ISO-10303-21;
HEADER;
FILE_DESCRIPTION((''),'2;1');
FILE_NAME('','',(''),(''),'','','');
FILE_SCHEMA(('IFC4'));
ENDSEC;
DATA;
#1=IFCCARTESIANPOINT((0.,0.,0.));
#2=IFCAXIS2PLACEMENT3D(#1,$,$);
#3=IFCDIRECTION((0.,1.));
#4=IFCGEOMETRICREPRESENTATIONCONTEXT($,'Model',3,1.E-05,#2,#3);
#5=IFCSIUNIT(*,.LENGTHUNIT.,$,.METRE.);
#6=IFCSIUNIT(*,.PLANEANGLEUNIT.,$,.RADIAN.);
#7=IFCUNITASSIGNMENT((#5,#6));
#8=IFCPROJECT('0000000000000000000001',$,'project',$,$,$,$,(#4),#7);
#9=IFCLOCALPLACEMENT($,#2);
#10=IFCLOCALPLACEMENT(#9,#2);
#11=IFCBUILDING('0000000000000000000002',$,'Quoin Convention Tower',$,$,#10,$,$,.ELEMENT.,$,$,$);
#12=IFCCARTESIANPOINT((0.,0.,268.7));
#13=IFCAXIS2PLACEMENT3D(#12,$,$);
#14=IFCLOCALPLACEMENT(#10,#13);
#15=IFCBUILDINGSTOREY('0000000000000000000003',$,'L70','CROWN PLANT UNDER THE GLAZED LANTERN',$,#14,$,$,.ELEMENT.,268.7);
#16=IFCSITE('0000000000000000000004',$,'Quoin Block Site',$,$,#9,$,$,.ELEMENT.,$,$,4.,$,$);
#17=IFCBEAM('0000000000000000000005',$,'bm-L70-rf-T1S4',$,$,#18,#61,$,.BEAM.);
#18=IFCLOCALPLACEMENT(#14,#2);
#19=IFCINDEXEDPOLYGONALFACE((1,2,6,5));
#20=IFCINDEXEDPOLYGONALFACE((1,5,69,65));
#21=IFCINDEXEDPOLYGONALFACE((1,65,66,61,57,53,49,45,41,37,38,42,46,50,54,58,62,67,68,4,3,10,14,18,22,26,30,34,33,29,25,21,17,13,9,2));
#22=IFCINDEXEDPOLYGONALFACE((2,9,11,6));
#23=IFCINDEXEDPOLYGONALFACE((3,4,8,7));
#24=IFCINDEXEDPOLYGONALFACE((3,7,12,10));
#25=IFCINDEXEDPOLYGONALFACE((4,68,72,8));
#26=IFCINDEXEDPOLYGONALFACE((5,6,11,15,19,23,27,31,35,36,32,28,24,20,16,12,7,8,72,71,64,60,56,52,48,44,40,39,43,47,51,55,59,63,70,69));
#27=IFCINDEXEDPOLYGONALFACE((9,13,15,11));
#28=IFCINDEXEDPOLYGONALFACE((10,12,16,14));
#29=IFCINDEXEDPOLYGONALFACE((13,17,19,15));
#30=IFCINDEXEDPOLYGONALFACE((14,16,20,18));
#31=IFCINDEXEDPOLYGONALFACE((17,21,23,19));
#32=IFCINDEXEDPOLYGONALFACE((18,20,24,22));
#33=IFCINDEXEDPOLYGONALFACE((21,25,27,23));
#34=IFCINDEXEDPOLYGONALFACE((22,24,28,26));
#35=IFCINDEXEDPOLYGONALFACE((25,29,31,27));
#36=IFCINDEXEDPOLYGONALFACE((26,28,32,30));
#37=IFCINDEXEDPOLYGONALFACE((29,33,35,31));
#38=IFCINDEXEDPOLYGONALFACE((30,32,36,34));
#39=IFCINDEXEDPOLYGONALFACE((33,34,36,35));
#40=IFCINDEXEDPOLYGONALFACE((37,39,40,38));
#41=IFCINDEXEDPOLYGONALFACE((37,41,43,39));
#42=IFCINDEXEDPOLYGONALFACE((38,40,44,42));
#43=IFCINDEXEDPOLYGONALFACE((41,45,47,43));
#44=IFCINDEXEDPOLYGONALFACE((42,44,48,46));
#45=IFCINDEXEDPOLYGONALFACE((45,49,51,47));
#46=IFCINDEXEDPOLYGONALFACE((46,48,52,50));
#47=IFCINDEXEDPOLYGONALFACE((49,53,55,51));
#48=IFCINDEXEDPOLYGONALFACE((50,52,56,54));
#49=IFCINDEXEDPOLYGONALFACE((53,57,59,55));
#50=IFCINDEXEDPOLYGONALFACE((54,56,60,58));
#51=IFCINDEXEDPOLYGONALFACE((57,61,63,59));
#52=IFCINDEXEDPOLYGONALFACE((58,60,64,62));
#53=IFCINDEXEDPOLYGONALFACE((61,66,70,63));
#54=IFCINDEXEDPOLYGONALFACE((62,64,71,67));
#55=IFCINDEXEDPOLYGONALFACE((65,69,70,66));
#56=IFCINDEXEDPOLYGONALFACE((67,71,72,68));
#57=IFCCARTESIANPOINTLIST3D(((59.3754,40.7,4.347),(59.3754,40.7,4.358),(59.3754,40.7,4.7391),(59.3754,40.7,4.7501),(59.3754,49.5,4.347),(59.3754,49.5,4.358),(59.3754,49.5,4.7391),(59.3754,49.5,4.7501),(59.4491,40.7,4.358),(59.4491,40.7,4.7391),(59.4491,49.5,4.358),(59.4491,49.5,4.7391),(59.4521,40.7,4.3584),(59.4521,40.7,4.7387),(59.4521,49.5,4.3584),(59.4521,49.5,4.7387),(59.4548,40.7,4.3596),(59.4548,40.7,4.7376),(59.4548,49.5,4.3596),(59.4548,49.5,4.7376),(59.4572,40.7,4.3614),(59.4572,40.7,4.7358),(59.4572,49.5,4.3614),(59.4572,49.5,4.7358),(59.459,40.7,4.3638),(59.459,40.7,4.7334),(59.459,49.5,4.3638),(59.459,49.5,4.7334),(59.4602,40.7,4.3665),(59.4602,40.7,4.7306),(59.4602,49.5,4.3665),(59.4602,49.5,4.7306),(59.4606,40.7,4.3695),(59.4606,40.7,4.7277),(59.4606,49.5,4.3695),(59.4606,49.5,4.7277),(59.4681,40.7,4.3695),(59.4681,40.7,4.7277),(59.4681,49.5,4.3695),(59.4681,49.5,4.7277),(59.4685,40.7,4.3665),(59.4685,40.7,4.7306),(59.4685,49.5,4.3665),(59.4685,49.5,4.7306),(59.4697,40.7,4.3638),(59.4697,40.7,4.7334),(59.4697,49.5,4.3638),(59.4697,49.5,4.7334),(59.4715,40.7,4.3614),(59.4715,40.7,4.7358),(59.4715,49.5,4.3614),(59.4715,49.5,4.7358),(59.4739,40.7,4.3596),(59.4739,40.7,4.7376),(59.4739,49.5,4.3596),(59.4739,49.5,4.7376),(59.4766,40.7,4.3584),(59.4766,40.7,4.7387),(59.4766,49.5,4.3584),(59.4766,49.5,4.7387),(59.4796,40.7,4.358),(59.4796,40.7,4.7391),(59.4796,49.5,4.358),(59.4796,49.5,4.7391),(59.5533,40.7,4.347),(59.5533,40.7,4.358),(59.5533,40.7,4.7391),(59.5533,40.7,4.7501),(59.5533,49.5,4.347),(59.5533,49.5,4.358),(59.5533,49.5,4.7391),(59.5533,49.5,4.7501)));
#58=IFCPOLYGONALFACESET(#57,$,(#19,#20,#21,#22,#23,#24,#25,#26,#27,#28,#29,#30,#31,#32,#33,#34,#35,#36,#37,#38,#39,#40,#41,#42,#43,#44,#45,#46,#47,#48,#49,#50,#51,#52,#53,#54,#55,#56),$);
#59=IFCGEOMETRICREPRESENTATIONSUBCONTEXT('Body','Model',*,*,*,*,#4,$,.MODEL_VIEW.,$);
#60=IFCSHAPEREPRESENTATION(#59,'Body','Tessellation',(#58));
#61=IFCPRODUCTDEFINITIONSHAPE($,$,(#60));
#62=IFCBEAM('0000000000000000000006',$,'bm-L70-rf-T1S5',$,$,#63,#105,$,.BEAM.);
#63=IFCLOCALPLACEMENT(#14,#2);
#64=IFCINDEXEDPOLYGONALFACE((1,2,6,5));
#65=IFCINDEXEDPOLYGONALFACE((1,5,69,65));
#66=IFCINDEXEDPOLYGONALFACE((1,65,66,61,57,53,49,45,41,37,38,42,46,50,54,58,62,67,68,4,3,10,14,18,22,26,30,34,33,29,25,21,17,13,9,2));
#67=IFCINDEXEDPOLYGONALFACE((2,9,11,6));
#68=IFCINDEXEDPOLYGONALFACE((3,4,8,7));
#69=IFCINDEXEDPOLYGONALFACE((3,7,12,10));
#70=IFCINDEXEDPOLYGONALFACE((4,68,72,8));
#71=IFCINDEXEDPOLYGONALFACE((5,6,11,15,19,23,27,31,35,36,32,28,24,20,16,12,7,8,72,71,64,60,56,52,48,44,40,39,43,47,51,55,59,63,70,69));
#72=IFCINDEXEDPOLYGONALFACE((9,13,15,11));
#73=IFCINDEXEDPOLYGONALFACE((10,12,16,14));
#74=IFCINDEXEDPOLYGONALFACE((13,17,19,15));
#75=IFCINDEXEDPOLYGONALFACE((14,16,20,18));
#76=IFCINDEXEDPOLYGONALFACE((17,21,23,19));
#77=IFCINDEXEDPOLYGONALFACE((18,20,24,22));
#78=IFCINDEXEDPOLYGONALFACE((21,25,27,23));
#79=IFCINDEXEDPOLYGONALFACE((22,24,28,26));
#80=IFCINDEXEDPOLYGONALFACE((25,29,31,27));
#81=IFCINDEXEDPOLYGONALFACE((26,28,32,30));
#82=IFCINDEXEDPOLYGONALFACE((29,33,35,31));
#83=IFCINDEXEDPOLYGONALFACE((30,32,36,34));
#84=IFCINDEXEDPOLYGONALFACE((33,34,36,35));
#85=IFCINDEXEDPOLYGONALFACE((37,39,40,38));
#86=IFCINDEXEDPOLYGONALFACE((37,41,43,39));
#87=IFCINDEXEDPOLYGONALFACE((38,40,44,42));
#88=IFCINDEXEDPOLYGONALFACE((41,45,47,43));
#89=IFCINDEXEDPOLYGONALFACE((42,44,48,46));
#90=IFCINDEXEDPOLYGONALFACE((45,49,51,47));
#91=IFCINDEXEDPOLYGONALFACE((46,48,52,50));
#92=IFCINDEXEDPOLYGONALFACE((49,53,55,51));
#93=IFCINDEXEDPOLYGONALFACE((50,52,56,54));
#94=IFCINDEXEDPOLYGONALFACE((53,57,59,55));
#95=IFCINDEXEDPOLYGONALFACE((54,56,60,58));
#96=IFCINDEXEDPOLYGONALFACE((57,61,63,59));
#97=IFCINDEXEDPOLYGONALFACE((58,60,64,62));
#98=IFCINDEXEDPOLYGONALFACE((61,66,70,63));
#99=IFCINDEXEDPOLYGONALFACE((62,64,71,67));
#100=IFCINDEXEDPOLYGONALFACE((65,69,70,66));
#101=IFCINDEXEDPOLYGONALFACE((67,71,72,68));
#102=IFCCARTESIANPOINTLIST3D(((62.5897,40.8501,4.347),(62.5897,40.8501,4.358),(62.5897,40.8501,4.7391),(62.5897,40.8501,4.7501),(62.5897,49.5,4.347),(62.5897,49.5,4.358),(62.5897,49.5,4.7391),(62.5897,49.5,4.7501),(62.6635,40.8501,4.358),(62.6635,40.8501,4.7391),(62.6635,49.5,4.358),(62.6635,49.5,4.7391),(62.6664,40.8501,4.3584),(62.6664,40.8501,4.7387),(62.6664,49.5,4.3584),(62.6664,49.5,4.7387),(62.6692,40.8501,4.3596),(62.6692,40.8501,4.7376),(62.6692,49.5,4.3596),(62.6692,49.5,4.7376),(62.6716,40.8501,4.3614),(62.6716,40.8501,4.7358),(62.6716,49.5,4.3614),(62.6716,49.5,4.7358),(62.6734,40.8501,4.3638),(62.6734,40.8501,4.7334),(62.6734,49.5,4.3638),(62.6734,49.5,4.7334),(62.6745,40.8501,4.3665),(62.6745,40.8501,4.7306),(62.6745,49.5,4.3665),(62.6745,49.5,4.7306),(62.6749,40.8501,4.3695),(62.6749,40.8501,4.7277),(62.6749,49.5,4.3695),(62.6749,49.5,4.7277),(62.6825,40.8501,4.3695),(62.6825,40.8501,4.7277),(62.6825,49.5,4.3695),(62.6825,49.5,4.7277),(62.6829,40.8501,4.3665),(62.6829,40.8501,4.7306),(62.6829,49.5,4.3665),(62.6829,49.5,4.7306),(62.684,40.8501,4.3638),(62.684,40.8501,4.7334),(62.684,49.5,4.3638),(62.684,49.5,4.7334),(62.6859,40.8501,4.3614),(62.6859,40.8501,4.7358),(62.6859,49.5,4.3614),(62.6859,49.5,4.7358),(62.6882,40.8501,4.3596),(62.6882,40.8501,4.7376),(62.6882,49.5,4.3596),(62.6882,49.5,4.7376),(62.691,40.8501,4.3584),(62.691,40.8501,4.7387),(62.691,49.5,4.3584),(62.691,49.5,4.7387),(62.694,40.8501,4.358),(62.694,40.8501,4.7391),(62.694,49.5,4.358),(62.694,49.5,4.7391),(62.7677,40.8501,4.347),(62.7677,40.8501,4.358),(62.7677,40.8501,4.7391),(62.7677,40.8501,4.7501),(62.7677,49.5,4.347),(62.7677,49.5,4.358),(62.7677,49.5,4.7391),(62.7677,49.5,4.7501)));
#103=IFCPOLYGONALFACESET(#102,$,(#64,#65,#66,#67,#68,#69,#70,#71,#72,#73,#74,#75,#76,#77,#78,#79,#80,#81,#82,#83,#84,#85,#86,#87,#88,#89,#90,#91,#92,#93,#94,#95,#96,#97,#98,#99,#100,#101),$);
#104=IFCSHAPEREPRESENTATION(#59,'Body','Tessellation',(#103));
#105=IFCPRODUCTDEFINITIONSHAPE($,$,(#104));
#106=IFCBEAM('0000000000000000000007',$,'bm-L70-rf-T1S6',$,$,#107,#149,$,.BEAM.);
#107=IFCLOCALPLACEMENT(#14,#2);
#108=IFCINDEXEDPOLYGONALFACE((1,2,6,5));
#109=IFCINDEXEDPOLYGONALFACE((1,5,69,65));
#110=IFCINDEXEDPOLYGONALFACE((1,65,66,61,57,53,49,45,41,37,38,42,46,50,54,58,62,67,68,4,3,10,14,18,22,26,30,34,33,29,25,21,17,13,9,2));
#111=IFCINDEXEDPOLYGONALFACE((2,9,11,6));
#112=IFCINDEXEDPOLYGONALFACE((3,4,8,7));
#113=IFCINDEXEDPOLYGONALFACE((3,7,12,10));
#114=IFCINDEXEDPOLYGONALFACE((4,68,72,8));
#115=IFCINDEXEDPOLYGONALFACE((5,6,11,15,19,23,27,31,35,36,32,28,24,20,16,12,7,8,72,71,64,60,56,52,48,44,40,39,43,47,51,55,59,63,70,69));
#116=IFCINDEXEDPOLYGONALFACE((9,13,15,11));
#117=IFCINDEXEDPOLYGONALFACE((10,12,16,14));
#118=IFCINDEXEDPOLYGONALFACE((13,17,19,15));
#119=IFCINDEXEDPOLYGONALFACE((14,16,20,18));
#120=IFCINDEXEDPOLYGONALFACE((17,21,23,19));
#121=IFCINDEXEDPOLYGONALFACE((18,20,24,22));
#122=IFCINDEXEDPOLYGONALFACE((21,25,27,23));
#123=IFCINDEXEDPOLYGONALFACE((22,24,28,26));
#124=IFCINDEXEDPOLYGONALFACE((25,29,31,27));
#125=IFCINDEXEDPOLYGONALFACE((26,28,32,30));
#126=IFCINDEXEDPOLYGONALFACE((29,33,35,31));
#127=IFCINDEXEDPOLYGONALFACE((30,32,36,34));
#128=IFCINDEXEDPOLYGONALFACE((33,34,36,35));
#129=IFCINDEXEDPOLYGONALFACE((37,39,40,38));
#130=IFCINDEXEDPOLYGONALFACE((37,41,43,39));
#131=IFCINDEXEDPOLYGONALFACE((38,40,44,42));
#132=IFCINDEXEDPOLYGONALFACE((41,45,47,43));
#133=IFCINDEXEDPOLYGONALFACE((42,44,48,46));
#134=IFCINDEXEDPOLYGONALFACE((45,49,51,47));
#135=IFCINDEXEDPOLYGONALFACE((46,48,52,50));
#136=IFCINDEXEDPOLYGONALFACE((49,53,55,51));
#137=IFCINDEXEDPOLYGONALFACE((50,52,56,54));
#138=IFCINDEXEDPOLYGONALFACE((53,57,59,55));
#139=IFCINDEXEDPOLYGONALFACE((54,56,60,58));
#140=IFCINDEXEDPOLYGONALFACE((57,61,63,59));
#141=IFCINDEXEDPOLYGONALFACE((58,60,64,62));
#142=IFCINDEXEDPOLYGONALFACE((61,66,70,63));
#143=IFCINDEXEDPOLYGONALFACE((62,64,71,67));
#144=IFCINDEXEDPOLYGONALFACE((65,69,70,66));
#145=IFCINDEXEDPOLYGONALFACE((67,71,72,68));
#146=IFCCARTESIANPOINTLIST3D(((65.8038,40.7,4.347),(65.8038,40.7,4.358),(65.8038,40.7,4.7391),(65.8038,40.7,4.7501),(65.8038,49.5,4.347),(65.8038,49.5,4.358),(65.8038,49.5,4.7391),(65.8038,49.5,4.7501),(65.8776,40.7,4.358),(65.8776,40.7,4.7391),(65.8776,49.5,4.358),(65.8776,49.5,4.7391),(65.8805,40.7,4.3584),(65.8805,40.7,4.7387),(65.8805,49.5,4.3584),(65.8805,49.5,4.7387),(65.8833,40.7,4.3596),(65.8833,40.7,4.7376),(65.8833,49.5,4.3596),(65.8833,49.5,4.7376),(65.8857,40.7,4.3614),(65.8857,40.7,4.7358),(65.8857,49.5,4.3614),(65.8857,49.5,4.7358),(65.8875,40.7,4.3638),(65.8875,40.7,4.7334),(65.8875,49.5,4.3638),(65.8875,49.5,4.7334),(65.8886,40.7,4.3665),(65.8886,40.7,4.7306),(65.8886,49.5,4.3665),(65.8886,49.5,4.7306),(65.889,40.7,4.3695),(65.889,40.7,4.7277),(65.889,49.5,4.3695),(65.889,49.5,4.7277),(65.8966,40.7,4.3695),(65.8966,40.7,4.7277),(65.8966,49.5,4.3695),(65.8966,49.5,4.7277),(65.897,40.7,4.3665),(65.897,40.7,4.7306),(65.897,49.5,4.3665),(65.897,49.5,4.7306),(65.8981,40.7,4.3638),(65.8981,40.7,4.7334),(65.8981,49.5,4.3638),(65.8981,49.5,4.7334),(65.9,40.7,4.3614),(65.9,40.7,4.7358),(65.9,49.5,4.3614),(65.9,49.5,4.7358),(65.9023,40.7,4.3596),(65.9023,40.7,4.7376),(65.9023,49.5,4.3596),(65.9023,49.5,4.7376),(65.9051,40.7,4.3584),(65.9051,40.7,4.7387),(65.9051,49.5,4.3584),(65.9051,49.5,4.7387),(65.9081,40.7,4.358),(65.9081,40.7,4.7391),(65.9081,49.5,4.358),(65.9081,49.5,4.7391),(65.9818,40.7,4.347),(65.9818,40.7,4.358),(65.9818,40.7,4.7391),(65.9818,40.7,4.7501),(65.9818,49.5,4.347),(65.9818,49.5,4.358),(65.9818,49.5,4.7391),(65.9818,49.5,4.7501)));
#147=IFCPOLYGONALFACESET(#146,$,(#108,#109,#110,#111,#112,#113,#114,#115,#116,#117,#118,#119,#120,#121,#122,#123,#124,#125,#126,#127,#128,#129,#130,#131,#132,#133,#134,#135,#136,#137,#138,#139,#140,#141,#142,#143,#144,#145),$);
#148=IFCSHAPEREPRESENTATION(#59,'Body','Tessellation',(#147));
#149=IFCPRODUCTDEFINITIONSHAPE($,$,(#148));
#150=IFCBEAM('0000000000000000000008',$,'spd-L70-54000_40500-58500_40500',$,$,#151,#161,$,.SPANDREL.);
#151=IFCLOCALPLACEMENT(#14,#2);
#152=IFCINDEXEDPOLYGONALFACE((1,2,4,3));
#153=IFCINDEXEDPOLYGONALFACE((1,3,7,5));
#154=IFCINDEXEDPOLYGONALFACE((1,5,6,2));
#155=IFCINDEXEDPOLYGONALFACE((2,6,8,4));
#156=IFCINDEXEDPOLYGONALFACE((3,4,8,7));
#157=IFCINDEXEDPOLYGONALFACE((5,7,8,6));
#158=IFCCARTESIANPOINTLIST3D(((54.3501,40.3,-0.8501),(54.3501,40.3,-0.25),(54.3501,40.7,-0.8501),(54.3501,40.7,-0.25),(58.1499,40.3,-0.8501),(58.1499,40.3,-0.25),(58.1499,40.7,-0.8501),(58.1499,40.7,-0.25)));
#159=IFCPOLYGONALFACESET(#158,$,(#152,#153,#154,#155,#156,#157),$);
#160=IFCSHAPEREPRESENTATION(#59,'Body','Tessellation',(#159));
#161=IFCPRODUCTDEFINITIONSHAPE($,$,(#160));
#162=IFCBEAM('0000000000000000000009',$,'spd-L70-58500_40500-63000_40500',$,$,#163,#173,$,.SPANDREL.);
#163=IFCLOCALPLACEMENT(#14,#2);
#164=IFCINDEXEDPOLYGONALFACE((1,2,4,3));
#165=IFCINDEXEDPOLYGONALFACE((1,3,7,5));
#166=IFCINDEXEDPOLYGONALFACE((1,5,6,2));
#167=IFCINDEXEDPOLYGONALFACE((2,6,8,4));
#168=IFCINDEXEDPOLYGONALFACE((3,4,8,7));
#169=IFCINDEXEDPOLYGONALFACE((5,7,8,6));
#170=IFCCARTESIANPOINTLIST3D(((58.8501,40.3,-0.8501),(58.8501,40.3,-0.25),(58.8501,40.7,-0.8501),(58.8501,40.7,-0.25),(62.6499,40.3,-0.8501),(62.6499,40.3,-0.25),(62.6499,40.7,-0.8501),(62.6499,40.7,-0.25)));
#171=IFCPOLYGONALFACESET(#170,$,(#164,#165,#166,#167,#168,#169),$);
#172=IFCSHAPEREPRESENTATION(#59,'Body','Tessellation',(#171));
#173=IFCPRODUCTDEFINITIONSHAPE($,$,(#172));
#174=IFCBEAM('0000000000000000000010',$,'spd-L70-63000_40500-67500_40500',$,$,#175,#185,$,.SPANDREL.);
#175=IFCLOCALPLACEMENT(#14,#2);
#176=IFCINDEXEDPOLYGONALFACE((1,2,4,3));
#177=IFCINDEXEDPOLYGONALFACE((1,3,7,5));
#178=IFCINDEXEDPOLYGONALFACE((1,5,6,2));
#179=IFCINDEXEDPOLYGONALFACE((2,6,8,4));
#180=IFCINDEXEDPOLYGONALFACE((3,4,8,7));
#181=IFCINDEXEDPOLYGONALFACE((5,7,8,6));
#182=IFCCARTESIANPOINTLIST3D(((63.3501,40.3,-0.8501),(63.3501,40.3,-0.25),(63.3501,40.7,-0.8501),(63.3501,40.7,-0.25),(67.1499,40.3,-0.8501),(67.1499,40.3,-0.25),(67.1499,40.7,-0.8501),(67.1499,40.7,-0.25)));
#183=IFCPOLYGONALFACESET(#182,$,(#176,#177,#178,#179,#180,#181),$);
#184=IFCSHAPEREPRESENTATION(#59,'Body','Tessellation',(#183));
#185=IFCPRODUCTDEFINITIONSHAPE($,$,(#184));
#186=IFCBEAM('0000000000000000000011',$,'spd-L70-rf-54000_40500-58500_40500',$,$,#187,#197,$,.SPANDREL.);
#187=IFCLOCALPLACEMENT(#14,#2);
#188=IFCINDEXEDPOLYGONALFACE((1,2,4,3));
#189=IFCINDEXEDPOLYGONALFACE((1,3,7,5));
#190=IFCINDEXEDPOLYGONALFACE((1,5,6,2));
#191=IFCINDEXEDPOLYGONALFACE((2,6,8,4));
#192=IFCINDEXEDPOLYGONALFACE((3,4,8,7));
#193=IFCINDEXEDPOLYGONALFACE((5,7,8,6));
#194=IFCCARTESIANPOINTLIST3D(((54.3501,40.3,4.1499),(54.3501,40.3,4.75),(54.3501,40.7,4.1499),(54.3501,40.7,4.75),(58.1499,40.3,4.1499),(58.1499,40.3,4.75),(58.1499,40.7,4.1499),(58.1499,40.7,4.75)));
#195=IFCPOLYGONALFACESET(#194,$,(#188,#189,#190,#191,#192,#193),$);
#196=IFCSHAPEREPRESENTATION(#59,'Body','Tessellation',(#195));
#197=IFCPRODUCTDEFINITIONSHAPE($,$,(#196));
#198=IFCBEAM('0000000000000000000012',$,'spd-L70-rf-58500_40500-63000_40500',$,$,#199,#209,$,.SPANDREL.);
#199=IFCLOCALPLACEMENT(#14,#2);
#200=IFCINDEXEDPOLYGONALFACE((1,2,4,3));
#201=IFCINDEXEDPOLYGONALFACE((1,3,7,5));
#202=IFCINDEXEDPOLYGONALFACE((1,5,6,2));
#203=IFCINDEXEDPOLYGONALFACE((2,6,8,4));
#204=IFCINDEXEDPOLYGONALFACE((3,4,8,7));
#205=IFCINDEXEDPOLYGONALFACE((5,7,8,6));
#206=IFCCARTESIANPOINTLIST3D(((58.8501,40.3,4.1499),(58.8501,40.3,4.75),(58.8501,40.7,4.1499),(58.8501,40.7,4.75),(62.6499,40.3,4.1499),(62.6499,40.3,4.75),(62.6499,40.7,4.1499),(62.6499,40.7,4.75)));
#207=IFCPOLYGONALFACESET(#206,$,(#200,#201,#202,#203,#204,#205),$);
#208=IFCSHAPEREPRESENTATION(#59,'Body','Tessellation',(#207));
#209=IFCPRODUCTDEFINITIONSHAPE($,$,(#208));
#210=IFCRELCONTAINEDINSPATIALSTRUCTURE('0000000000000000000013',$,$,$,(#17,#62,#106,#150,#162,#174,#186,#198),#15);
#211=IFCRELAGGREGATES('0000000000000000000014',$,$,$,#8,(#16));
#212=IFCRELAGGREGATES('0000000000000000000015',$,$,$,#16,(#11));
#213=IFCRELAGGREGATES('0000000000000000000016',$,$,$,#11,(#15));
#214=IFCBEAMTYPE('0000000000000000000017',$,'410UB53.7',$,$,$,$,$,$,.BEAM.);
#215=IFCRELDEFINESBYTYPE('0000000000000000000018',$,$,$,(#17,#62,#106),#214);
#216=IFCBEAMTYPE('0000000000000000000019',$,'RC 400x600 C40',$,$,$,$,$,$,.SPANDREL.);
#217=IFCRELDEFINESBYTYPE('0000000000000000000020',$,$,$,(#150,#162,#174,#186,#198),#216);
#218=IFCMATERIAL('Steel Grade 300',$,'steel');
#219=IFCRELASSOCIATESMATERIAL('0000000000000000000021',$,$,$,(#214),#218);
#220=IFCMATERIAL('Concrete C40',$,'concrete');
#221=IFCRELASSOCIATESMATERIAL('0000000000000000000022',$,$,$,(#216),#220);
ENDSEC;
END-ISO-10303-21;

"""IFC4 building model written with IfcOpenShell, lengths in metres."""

from ifc_helpers import new_model, si_unit, direction, frame, origin, origin_2d, place, context, subcontext, project, spatial, rectangle, i_section, extrude, material, material_profile, profile_set, type_object, element, save


model = new_model("IFC4")

# Units and contexts
model_context = context("Model", 3, precision=1e-05, world=origin(), true_north=direction((0.0, 1.0)))
body_context = subcontext(model_context, "Body", "Model", "MODEL_VIEW")
ifc_project = project(units=[si_unit("LENGTHUNIT", "METRE"), si_unit("PLANEANGLEUNIT", "RADIAN")], contexts=[model_context])

# Site, building, storey
site_placement = place(None, origin())
site = spatial("IfcSite", under=ifc_project, at=site_placement, Name="Quoin Block Site", CompositionType="ELEMENT", RefElevation=4.0)
building_placement = place(site_placement, origin())
building = spatial("IfcBuilding", under=site, at=building_placement, Name="Quoin Convention Tower", CompositionType="ELEMENT")
storey_placement = place(building_placement, frame((0.0, 0.0, 268.7)))
storey = spatial("IfcBuildingStorey", under=building, at=storey_placement, Name="L70", Description="CROWN PLANT UNDER THE GLAZED LANTERN", CompositionType="ELEMENT", Elevation=268.7)

# Shared definitions
ifc_material_1 = material(Name="Concrete C40", Category="concrete")

# Beams
ifc_material_2 = material(Name="Steel Grade 300", Category="steel")
ifc_material_profile_1 = material_profile(ifc_material_2, i_section(OverallWidth=0.178, OverallDepth=0.4031, WebThickness=0.0076, FlangeThickness=0.011, FilletRadius=0.0115, at=origin_2d()), Name="410UB53.7")
ifc_profile_set_1 = profile_set([ifc_material_profile_1], Name="Steel Grade 300")
beam_type_1 = type_object("IfcBeamType", Name="410UB53.7", PredefinedType="BEAM", material=ifc_profile_set_1)
for number, where, z_axis, x_axis, name in (
    (1, (59.4644, 40.7, 4.5486), (0.0, 1.0, 0.0), (-1.0, 0.0, 0.0), "bm-L70-rf-T1S4"),
):
    element("IfcBeam", number, at=place(storey_placement, frame(where, z_axis=z_axis, x_axis=x_axis)), inside=storey, type_object=beam_type_1, Name=name, PredefinedType="BEAM", context=body_context, shape_type="SweptSolid", body=[
        extrude(i_section(OverallWidth=0.178, OverallDepth=0.4031, WebThickness=0.0076, FlangeThickness=0.011, FilletRadius=0.0115, at=origin_2d()), origin(), (0.0, 0.0, 1.0), 8.8),
    ])
beam_1_placement = place(storey_placement, frame((62.6787, 40.8501, 4.5486), z_axis=(0.0, 1.0, 0.0), x_axis=(-1.0, 0.0, 0.0)))
element("IfcBeam", 2, at=beam_1_placement, inside=storey, type_object=beam_type_1, Name="bm-L70-rf-T1S5", PredefinedType="BEAM", context=body_context, shape_type="SweptSolid", body=[
    extrude(i_section(OverallWidth=0.178, OverallDepth=0.4031, WebThickness=0.0076, FlangeThickness=0.011, FilletRadius=0.0115, at=origin_2d()), origin(), (0.0, 0.0, 1.0), 8.6499),
])
beam_2_placement = place(storey_placement, frame((65.8928, 40.7, 4.5486), z_axis=(0.0, 1.0, 0.0), x_axis=(-1.0, 0.0, 0.0)))
element("IfcBeam", 3, at=beam_2_placement, inside=storey, type_object=beam_type_1, Name="bm-L70-rf-T1S6", PredefinedType="BEAM", context=body_context, shape_type="SweptSolid", body=[
    extrude(i_section(OverallWidth=0.178, OverallDepth=0.4031, WebThickness=0.0076, FlangeThickness=0.011, FilletRadius=0.0115, at=origin_2d()), origin(), (0.0, 0.0, 1.0), 8.8),
])
ifc_material_profile_2 = material_profile(ifc_material_1, rectangle(XDim=0.3999, YDim=0.6001, at=origin_2d()), Name="RC 400x600")
ifc_profile_set_2 = profile_set([ifc_material_profile_2], Name="Concrete C40")
beam_type_2 = type_object("IfcBeamType", Name="RC 400x600 C40", PredefinedType="SPANDREL", material=ifc_profile_set_2)
for number, where, z_axis, x_axis, name in (
    (4, (54.3501, 40.5, -0.55), (1.0, 0.0, 0.0), (0.0, 1.0, 0.0), "spd-L70-54000_40500-58500_40500"),
    (5, (58.8501, 40.5, -0.55), (1.0, 0.0, 0.0), (0.0, 1.0, 0.0), "spd-L70-58500_40500-63000_40500"),
    (6, (63.3501, 40.5, -0.55), (1.0, 0.0, 0.0), (0.0, 1.0, 0.0), "spd-L70-63000_40500-67500_40500"),
    (7, (54.3501, 40.5, 4.45), (1.0, 0.0, 0.0), (0.0, 1.0, 0.0), "spd-L70-rf-54000_40500-58500_40500"),
    (8, (58.8501, 40.5, 4.45), (1.0, 0.0, 0.0), (0.0, 1.0, 0.0), "spd-L70-rf-58500_40500-63000_40500"),
):
    element("IfcBeam", number, at=place(storey_placement, frame(where, z_axis=z_axis, x_axis=x_axis)), inside=storey, type_object=beam_type_2, Name=name, PredefinedType="SPANDREL", context=body_context, shape_type="SweptSolid", body=[
        extrude(rectangle(XDim=0.3999, YDim=0.6001, at=origin_2d()), origin(), (0.0, 0.0, 1.0), 3.7998),
    ])

save(model, "model.ifc")
